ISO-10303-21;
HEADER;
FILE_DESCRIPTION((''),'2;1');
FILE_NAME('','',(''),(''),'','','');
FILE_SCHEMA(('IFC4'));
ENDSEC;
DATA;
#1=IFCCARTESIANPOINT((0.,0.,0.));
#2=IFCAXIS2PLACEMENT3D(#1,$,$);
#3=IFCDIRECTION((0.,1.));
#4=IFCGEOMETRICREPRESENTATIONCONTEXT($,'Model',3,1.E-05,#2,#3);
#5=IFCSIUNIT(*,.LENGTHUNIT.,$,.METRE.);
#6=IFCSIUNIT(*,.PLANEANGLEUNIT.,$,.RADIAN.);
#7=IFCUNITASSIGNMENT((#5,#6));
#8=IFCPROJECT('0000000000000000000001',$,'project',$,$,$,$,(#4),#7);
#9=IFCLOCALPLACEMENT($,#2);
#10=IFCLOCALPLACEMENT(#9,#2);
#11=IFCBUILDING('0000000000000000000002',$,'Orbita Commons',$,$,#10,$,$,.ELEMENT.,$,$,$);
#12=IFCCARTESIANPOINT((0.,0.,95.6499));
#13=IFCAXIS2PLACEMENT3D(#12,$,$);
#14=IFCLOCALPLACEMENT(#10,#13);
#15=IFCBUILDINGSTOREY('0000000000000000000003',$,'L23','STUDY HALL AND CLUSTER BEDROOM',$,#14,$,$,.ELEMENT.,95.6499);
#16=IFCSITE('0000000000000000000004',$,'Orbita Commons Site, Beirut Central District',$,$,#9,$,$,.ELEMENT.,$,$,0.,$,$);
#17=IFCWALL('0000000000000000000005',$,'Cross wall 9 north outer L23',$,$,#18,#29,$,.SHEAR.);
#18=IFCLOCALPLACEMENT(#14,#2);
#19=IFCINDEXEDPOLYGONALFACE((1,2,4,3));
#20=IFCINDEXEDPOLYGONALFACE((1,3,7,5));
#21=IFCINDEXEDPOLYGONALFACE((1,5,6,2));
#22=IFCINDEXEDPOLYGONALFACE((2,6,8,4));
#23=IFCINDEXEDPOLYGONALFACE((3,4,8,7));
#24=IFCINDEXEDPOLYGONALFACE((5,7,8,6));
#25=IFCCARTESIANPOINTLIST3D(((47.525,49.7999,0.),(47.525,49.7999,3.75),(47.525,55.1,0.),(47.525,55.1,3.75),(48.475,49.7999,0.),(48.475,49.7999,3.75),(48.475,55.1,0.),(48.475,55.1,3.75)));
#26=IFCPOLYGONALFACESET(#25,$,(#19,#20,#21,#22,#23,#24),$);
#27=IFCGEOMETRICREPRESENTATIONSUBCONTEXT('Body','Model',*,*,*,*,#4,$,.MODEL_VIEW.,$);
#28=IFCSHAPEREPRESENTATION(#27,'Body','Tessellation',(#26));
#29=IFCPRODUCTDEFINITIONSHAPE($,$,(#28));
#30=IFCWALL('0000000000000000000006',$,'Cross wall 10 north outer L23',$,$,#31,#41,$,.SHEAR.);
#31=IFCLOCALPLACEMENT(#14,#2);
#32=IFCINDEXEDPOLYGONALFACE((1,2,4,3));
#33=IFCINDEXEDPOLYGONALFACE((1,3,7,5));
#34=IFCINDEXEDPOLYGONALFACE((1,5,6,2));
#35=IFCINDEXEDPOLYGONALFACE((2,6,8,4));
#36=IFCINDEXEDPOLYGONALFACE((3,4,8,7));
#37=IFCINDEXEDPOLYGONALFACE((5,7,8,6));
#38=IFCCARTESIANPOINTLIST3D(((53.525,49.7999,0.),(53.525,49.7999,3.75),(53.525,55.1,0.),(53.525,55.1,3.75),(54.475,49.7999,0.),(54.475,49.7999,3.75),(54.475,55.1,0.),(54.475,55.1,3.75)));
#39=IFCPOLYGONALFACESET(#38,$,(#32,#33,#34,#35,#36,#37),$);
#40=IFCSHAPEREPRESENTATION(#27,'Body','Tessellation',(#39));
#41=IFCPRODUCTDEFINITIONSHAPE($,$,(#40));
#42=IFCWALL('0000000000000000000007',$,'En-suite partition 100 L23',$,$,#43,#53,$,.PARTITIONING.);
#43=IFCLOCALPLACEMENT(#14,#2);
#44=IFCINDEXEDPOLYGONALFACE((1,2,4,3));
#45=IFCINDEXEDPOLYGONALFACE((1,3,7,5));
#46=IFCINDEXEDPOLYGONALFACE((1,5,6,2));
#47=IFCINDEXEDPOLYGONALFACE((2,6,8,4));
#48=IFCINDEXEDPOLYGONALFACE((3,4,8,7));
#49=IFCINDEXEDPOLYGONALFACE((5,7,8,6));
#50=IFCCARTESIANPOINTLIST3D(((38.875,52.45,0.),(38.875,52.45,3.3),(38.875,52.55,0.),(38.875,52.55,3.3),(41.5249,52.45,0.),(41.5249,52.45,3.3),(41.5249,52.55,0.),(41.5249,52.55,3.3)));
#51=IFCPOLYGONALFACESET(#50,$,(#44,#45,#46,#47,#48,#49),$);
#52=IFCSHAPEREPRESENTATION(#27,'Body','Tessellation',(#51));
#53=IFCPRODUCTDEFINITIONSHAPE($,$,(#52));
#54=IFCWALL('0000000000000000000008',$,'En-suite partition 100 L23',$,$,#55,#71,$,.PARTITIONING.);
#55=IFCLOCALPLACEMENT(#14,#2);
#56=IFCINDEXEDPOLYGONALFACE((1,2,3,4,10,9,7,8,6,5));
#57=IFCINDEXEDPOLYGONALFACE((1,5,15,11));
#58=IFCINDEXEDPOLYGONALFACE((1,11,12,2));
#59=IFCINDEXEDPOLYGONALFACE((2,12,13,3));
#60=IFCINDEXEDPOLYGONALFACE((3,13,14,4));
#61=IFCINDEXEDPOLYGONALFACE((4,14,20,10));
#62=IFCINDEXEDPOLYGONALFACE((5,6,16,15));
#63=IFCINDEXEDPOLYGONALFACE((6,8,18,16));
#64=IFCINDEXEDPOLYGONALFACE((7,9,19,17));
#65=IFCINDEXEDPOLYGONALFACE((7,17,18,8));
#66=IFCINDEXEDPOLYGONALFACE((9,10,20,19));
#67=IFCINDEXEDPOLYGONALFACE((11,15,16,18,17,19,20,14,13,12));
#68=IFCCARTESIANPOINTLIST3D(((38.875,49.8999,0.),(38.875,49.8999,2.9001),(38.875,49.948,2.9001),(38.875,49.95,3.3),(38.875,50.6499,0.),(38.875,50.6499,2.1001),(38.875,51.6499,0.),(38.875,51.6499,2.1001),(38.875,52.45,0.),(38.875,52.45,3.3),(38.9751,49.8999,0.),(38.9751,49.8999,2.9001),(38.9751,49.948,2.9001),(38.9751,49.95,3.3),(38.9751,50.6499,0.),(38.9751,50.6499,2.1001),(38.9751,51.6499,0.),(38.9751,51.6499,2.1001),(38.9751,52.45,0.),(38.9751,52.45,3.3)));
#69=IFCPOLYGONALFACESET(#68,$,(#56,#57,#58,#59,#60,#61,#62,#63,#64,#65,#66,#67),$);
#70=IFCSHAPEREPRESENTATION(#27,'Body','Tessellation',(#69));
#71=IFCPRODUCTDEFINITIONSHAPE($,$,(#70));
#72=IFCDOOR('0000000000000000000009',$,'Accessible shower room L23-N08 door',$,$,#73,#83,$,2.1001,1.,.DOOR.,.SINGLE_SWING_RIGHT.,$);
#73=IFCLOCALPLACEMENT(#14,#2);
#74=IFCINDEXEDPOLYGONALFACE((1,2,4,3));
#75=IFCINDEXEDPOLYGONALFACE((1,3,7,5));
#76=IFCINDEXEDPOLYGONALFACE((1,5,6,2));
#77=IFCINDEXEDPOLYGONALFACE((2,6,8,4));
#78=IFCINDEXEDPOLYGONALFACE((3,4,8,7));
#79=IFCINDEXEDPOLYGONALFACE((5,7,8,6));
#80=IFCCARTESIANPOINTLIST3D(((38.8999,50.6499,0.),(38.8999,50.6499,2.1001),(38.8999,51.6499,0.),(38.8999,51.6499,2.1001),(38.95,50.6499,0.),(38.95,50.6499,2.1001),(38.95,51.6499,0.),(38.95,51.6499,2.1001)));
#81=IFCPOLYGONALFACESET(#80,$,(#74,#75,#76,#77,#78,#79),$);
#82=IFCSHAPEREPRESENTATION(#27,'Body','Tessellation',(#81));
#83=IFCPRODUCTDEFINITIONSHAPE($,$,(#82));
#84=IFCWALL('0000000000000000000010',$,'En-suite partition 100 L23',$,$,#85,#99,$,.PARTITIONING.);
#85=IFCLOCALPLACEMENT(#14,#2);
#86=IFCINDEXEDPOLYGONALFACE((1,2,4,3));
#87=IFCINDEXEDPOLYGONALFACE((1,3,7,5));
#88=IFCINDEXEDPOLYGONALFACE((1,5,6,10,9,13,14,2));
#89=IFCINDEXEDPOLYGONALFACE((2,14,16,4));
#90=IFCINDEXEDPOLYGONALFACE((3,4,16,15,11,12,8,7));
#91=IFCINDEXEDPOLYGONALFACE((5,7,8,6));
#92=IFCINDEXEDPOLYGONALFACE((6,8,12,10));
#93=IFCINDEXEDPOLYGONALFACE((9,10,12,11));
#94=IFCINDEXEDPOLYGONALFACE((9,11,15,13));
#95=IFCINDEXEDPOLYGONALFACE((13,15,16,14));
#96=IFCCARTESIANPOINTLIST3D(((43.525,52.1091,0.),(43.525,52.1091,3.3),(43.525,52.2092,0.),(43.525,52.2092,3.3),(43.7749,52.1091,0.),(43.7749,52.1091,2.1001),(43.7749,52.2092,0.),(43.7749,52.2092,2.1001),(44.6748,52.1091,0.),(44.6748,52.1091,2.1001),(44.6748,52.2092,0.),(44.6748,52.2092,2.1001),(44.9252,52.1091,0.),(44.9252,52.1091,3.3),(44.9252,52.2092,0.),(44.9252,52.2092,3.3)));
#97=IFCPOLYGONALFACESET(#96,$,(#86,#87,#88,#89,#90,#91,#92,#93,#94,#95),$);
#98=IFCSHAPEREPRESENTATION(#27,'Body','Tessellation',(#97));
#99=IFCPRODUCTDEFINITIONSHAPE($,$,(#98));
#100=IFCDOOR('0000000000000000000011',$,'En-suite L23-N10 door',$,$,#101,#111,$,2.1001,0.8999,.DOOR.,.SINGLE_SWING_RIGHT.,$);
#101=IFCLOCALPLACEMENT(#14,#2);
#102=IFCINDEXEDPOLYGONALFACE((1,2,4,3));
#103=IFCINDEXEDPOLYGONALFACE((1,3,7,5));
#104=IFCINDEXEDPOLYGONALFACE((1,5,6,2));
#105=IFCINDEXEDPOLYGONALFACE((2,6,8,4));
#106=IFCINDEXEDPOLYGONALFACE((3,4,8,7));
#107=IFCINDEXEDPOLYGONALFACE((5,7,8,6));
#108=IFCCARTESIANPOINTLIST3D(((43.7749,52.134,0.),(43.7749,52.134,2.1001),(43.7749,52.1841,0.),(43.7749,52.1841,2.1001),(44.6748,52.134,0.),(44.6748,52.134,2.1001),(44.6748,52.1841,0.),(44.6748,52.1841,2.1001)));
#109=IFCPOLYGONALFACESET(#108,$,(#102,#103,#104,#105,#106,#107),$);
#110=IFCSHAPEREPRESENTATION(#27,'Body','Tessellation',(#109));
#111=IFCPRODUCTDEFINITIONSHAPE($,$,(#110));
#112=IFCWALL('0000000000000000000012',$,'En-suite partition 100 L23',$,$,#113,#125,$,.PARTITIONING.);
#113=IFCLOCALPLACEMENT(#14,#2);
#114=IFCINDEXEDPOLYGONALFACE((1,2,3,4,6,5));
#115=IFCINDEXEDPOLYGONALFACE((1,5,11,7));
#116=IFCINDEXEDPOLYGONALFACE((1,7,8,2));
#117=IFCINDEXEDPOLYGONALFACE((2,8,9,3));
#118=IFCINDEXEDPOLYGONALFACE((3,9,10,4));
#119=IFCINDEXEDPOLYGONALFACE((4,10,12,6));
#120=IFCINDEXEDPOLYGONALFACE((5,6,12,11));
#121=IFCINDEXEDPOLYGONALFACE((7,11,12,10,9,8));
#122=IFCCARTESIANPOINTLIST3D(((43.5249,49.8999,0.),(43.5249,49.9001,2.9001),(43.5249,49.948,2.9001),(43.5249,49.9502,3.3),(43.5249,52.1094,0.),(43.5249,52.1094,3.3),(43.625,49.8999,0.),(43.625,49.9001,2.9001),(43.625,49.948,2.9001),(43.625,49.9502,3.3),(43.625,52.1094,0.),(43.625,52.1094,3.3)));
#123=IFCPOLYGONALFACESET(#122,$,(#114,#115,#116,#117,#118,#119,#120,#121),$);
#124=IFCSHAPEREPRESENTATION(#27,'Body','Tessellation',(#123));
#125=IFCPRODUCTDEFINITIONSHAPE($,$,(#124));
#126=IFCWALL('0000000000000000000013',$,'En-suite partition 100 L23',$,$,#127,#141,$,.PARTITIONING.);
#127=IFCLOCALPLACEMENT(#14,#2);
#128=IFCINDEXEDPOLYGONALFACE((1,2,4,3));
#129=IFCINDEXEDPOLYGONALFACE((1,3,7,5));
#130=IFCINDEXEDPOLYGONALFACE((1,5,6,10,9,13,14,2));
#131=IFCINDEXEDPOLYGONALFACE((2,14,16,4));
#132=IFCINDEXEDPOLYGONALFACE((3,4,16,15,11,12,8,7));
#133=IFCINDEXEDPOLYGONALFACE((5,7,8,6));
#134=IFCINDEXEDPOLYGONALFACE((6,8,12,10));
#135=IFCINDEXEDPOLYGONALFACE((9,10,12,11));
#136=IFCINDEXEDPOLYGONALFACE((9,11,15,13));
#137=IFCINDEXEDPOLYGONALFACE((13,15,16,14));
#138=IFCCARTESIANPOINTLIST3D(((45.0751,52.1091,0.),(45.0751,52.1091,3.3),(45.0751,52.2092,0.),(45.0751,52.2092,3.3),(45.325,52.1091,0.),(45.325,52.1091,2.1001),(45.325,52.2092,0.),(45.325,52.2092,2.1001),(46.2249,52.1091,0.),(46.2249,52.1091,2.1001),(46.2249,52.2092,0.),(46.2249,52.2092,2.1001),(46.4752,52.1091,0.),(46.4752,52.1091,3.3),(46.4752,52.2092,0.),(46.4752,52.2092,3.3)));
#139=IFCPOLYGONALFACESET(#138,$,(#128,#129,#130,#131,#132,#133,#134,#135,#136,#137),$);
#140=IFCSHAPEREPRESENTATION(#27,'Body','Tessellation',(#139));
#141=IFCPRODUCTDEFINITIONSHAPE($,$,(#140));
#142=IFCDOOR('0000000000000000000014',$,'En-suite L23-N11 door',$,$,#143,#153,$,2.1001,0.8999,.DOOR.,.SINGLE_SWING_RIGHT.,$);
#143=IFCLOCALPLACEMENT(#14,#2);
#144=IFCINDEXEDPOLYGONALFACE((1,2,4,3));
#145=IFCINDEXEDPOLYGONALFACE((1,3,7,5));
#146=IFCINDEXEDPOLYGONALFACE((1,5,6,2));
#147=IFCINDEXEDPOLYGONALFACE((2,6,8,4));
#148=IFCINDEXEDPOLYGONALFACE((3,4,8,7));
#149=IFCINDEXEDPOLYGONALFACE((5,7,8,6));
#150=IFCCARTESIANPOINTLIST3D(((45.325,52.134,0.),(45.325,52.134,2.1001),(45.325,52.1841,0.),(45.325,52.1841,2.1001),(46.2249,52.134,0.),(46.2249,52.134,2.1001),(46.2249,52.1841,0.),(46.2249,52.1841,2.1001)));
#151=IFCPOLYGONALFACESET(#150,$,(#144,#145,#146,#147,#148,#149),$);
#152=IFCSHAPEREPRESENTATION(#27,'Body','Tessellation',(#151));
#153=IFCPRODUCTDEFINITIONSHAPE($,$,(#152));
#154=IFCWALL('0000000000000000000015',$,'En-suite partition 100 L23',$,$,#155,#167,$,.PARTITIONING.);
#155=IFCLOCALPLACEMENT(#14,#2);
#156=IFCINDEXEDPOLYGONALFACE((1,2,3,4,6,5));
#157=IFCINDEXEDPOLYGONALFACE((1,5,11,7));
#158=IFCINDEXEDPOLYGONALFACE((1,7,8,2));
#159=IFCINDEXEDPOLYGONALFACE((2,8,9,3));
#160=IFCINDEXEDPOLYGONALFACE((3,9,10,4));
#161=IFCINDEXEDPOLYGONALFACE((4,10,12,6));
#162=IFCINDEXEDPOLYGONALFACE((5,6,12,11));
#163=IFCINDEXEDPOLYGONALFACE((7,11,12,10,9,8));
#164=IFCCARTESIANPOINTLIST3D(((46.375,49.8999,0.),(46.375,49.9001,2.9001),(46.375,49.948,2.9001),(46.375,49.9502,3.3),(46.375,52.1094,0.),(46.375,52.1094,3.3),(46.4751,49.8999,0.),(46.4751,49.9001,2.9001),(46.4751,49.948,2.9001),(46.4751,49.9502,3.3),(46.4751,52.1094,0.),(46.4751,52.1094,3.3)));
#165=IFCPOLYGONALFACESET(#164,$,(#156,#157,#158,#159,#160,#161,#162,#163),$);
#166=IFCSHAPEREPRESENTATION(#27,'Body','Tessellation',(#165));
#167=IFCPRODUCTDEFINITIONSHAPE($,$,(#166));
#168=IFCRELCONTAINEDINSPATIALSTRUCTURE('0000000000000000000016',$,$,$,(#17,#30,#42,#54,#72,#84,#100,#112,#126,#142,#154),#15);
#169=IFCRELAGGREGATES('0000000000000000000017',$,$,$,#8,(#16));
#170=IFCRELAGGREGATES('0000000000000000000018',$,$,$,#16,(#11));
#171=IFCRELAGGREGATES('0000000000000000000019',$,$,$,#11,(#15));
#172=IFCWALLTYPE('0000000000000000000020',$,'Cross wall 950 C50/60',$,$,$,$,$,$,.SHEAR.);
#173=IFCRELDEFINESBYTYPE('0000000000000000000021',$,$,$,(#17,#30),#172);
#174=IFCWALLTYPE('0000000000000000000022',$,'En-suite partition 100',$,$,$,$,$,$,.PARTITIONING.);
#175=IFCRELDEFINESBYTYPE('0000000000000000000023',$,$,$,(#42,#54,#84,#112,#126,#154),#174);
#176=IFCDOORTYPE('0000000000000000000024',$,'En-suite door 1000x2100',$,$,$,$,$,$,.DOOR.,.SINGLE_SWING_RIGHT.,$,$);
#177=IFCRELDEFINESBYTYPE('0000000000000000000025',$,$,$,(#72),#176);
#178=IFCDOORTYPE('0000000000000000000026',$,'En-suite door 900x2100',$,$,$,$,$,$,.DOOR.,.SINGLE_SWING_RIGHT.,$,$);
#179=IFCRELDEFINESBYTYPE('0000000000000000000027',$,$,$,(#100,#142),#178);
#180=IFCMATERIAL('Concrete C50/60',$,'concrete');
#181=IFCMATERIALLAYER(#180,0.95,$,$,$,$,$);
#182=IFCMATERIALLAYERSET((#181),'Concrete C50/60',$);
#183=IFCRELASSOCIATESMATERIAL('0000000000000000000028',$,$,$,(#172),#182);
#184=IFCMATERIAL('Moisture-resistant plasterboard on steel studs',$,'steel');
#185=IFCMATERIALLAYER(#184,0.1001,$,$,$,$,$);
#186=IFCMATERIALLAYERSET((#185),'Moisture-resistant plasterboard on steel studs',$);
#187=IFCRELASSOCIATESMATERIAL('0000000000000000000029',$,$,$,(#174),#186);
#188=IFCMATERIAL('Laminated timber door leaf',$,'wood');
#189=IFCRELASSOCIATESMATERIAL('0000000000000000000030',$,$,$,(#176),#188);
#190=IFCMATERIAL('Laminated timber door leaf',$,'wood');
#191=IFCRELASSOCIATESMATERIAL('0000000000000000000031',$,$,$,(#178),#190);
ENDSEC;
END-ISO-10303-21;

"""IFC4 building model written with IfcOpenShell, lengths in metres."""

from ifc_helpers import new_model, si_unit, direction, frame, frame_2d, origin, place, context, subcontext, project, spatial, polyline, rectangle, outline, extrude, material, layer, layer_set, type_object, element, fill, save


model = new_model("IFC4")

# Units and contexts
model_context = context("Model", 3, precision=1e-05, world=origin(), true_north=direction((0.0, 1.0)))
body_context = subcontext(model_context, "Body", "Model", "MODEL_VIEW")
ifc_project = project(units=[si_unit("LENGTHUNIT", "METRE"), si_unit("PLANEANGLEUNIT", "RADIAN")], contexts=[model_context])

# Site, building, storey
site_placement = place(None, origin())
site = spatial("IfcSite", under=ifc_project, at=site_placement, Name="Orbita Commons Site, Beirut Central District", CompositionType="ELEMENT", RefElevation=0.0)
building_placement = place(site_placement, origin())
building = spatial("IfcBuilding", under=site, at=building_placement, Name="Orbita Commons", CompositionType="ELEMENT")
storey_placement = place(building_placement, frame((0.0, 0.0, 95.6499)))
storey = spatial("IfcBuildingStorey", under=building, at=storey_placement, Name="L23", Description="STUDY HALL AND CLUSTER BEDROOM", CompositionType="ELEMENT", Elevation=95.6499)

# Walls
ifc_material_1 = material(Name="Concrete C50/60", Category="concrete")
ifc_layer_1 = layer(ifc_material_1, 0.95)
ifc_layer_set_1 = layer_set([ifc_layer_1], Name="Concrete C50/60")
wall_type_1 = type_object("IfcWallType", Name="Cross wall 950 C50/60", PredefinedType="SHEAR", material=ifc_layer_set_1)
for number, where, z_axis, x_axis, name in (
    (1, (48.0, 49.8, 0.0), (0.0, 0.0, 1.0), (0.0, 1.0, 0.0), "Cross wall 9 north outer L23"),
    (2, (54.0, 49.8, 0.0), (0.0, 0.0, 1.0), (0.0, 1.0, 0.0), "Cross wall 10 north outer L23"),
):
    element("IfcWall", number, at=place(storey_placement, frame(where, z_axis=z_axis, x_axis=x_axis)), inside=storey, type_object=wall_type_1, Name=name, PredefinedType="SHEAR", context=body_context, shape_type="SweptSolid", body=[
        extrude(rectangle(XDim=5.3, YDim=0.95, at=frame_2d((2.6499, 0.0))), origin(), (0.0, 0.0, 1.0), 3.75),
    ])
ifc_material_2 = material(Name="Moisture-resistant plasterboard on steel studs", Category="steel")
ifc_layer_2 = layer(ifc_material_2, 0.1001)
ifc_layer_set_2 = layer_set([ifc_layer_2], Name="Moisture-resistant plasterboard on steel studs")
wall_type_2 = type_object("IfcWallType", Name="En-suite partition 100", PredefinedType="PARTITIONING", material=ifc_layer_set_2)
wall_1_placement = place(storey_placement, frame((38.875, 52.5, 0.0), z_axis=(0.0, 0.0, 1.0), x_axis=(1.0, 0.0, 0.0)))
element("IfcWall", 3, at=wall_1_placement, inside=storey, type_object=wall_type_2, Name="En-suite partition 100 L23", PredefinedType="PARTITIONING", context=body_context, shape_type="SweptSolid", body=[
    extrude(rectangle(XDim=2.6499, YDim=0.1001, at=frame_2d((1.325, 0.0))), origin(), (0.0, 0.0, 1.0), 3.3),
])

# Walls, openings, doors
wall_2_placement = place(storey_placement, frame((38.925, 52.45, 0.0), z_axis=(0.0, 0.0, 1.0), x_axis=(0.0, -1.0, 0.0)))
wall_2 = element("IfcWall", 4, at=wall_2_placement, inside=storey, type_object=wall_type_2, Name="En-suite partition 100 L23", PredefinedType="PARTITIONING", context=body_context, shape_type="SweptSolid", body=[
    extrude(outline(polyline([(0.0, 0.0), (2.55, 0.0), (2.55, 2.9001), (2.502, 2.9001), (2.5, 3.3), (0.0, 3.3), (0.0, 0.0)])), frame((0.0, 0.05, 0.0), z_axis=(0.0, -1.0, 0.0), x_axis=(1.0, 0.0, 0.0)), (0.0, 0.0, 1.0), 0.1001),
])
opening_1_placement = place(wall_2_placement, frame((0.8, 0.0, 0.0)))
opening_1 = element("IfcOpeningElement", 5, at=opening_1_placement, cuts=wall_2, PredefinedType="OPENING", context=body_context, shape_type="SweptSolid", body=[
    extrude(rectangle(XDim=1.0, YDim=2.1001, at=frame_2d((0.5, 1.05))), frame((0.0, 0.0601, 0.0), z_axis=(0.0, -1.0, 0.0), x_axis=(1.0, 0.0, 0.0)), (0.0, 0.0, 1.0), 0.1201),
])
ifc_material_3 = material(Name="Laminated timber door leaf", Category="wood")
door_type_1 = type_object("IfcDoorType", Name="En-suite door 1000x2100", OperationType="SINGLE_SWING_RIGHT", PredefinedType="DOOR", material=ifc_material_3)
door_1_placement = place(opening_1_placement, origin())
door_1 = element("IfcDoor", 6, at=door_1_placement, inside=storey, type_object=door_type_1, Name="Accessible shower room L23-N08 door", OperationType="SINGLE_SWING_RIGHT", OverallHeight=2.1001, OverallWidth=1.0, PredefinedType="DOOR", context=body_context, shape_type="SweptSolid", body=[
    extrude(rectangle(XDim=1.0, YDim=2.1001, at=frame_2d((0.5, 1.05))), frame((0.0, 0.0249, 0.0), z_axis=(0.0, -1.0, 0.0), x_axis=(1.0, 0.0, 0.0)), (0.0, 0.0, 1.0), 0.05),
])
fill(opening_1, door_1)
wall_3_placement = place(storey_placement, frame((43.5249, 52.1592, 0.0), z_axis=(0.0, 0.0, 1.0), x_axis=(1.0, 0.0, 0.0)))
wall_3 = element("IfcWall", 7, at=wall_3_placement, inside=storey, type_object=wall_type_2, Name="En-suite partition 100 L23", PredefinedType="PARTITIONING", context=body_context, shape_type="SweptSolid", body=[
    extrude(rectangle(XDim=1.4001, YDim=0.1001, at=frame_2d((0.7002, 0.0))), origin(), (0.0, 0.0, 1.0), 3.3),
])
opening_2_placement = place(wall_3_placement, frame((0.25, 0.0, 0.0)))
opening_2 = element("IfcOpeningElement", 8, at=opening_2_placement, cuts=wall_3, PredefinedType="OPENING", context=body_context, shape_type="SweptSolid", body=[
    extrude(rectangle(XDim=0.8999, YDim=2.1001, at=frame_2d((0.45, 1.05))), frame((0.0, 0.0601, 0.0), z_axis=(0.0, -1.0, 0.0), x_axis=(1.0, 0.0, 0.0)), (0.0, 0.0, 1.0), 0.1201),
])
ifc_material_4 = material(Name="Laminated timber door leaf", Category="wood")
door_type_2 = type_object("IfcDoorType", Name="En-suite door 900x2100", OperationType="SINGLE_SWING_RIGHT", PredefinedType="DOOR", material=ifc_material_4)
door_2_placement = place(opening_2_placement, origin())
door_2 = element("IfcDoor", 9, at=door_2_placement, inside=storey, type_object=door_type_2, Name="En-suite L23-N10 door", OperationType="SINGLE_SWING_RIGHT", OverallHeight=2.1001, OverallWidth=0.8999, PredefinedType="DOOR", context=body_context, shape_type="SweptSolid", body=[
    extrude(rectangle(XDim=0.8999, YDim=2.1001, at=frame_2d((0.45, 1.05))), frame((0.0, 0.0249, 0.0), z_axis=(0.0, -1.0, 0.0), x_axis=(1.0, 0.0, 0.0)), (0.0, 0.0, 1.0), 0.05),
])
fill(opening_2, door_2)

# Wall
wall_4_placement = place(storey_placement, frame((43.575, 52.1094, 0.0), z_axis=(0.0, 0.0, 1.0), x_axis=(0.0, -1.0, 0.0)))
element("IfcWall", 10, at=wall_4_placement, inside=storey, type_object=wall_type_2, Name="En-suite partition 100 L23", PredefinedType="PARTITIONING", context=body_context, shape_type="SweptSolid", body=[
    extrude(outline(polyline([(0.0, 0.0), (2.2095, 0.0), (2.2092, 2.9001), (2.1614, 2.9001), (2.1592, 3.3), (0.0, 3.3), (0.0, 0.0)])), frame((0.0, 0.05, 0.0), z_axis=(0.0, -1.0, 0.0), x_axis=(1.0, 0.0, 0.0)), (0.0, 0.0, 1.0), 0.1001),
])

# Wall, opening, door
wall_5_placement = place(storey_placement, frame((45.075, 52.1592, 0.0), z_axis=(0.0, 0.0, 1.0), x_axis=(1.0, 0.0, 0.0)))
wall_5 = element("IfcWall", 11, at=wall_5_placement, inside=storey, type_object=wall_type_2, Name="En-suite partition 100 L23", PredefinedType="PARTITIONING", context=body_context, shape_type="SweptSolid", body=[
    extrude(rectangle(XDim=1.4001, YDim=0.1001, at=frame_2d((0.7002, 0.0))), origin(), (0.0, 0.0, 1.0), 3.3),
])
opening_3_placement = place(wall_5_placement, frame((0.25, 0.0, 0.0)))
opening_3 = element("IfcOpeningElement", 12, at=opening_3_placement, cuts=wall_5, PredefinedType="OPENING", context=body_context, shape_type="SweptSolid", body=[
    extrude(rectangle(XDim=0.8999, YDim=2.1001, at=frame_2d((0.45, 1.05))), frame((0.0, 0.0601, 0.0), z_axis=(0.0, -1.0, 0.0), x_axis=(1.0, 0.0, 0.0)), (0.0, 0.0, 1.0), 0.1201),
])
door_3_placement = place(opening_3_placement, origin())
door_3 = element("IfcDoor", 13, at=door_3_placement, inside=storey, type_object=door_type_2, Name="En-suite L23-N11 door", OperationType="SINGLE_SWING_RIGHT", OverallHeight=2.1001, OverallWidth=0.8999, PredefinedType="DOOR", context=body_context, shape_type="SweptSolid", body=[
    extrude(rectangle(XDim=0.8999, YDim=2.1001, at=frame_2d((0.45, 1.05))), frame((0.0, 0.0249, 0.0), z_axis=(0.0, -1.0, 0.0), x_axis=(1.0, 0.0, 0.0)), (0.0, 0.0, 1.0), 0.05),
])
fill(opening_3, door_3)

# Wall
wall_6_placement = place(storey_placement, frame((46.425, 52.1094, 0.0), z_axis=(0.0, 0.0, 1.0), x_axis=(0.0, -1.0, 0.0)))
element("IfcWall", 14, at=wall_6_placement, inside=storey, type_object=wall_type_2, Name="En-suite partition 100 L23", PredefinedType="PARTITIONING", context=body_context, shape_type="SweptSolid", body=[
    extrude(outline(polyline([(0.0, 0.0), (2.2095, 0.0), (2.2092, 2.9001), (2.1614, 2.9001), (2.1592, 3.3), (0.0, 3.3), (0.0, 0.0)])), frame((0.0, 0.05, 0.0), z_axis=(0.0, -1.0, 0.0), x_axis=(1.0, 0.0, 0.0)), (0.0, 0.0, 1.0), 0.1001),
])

save(model, "model.ifc")
